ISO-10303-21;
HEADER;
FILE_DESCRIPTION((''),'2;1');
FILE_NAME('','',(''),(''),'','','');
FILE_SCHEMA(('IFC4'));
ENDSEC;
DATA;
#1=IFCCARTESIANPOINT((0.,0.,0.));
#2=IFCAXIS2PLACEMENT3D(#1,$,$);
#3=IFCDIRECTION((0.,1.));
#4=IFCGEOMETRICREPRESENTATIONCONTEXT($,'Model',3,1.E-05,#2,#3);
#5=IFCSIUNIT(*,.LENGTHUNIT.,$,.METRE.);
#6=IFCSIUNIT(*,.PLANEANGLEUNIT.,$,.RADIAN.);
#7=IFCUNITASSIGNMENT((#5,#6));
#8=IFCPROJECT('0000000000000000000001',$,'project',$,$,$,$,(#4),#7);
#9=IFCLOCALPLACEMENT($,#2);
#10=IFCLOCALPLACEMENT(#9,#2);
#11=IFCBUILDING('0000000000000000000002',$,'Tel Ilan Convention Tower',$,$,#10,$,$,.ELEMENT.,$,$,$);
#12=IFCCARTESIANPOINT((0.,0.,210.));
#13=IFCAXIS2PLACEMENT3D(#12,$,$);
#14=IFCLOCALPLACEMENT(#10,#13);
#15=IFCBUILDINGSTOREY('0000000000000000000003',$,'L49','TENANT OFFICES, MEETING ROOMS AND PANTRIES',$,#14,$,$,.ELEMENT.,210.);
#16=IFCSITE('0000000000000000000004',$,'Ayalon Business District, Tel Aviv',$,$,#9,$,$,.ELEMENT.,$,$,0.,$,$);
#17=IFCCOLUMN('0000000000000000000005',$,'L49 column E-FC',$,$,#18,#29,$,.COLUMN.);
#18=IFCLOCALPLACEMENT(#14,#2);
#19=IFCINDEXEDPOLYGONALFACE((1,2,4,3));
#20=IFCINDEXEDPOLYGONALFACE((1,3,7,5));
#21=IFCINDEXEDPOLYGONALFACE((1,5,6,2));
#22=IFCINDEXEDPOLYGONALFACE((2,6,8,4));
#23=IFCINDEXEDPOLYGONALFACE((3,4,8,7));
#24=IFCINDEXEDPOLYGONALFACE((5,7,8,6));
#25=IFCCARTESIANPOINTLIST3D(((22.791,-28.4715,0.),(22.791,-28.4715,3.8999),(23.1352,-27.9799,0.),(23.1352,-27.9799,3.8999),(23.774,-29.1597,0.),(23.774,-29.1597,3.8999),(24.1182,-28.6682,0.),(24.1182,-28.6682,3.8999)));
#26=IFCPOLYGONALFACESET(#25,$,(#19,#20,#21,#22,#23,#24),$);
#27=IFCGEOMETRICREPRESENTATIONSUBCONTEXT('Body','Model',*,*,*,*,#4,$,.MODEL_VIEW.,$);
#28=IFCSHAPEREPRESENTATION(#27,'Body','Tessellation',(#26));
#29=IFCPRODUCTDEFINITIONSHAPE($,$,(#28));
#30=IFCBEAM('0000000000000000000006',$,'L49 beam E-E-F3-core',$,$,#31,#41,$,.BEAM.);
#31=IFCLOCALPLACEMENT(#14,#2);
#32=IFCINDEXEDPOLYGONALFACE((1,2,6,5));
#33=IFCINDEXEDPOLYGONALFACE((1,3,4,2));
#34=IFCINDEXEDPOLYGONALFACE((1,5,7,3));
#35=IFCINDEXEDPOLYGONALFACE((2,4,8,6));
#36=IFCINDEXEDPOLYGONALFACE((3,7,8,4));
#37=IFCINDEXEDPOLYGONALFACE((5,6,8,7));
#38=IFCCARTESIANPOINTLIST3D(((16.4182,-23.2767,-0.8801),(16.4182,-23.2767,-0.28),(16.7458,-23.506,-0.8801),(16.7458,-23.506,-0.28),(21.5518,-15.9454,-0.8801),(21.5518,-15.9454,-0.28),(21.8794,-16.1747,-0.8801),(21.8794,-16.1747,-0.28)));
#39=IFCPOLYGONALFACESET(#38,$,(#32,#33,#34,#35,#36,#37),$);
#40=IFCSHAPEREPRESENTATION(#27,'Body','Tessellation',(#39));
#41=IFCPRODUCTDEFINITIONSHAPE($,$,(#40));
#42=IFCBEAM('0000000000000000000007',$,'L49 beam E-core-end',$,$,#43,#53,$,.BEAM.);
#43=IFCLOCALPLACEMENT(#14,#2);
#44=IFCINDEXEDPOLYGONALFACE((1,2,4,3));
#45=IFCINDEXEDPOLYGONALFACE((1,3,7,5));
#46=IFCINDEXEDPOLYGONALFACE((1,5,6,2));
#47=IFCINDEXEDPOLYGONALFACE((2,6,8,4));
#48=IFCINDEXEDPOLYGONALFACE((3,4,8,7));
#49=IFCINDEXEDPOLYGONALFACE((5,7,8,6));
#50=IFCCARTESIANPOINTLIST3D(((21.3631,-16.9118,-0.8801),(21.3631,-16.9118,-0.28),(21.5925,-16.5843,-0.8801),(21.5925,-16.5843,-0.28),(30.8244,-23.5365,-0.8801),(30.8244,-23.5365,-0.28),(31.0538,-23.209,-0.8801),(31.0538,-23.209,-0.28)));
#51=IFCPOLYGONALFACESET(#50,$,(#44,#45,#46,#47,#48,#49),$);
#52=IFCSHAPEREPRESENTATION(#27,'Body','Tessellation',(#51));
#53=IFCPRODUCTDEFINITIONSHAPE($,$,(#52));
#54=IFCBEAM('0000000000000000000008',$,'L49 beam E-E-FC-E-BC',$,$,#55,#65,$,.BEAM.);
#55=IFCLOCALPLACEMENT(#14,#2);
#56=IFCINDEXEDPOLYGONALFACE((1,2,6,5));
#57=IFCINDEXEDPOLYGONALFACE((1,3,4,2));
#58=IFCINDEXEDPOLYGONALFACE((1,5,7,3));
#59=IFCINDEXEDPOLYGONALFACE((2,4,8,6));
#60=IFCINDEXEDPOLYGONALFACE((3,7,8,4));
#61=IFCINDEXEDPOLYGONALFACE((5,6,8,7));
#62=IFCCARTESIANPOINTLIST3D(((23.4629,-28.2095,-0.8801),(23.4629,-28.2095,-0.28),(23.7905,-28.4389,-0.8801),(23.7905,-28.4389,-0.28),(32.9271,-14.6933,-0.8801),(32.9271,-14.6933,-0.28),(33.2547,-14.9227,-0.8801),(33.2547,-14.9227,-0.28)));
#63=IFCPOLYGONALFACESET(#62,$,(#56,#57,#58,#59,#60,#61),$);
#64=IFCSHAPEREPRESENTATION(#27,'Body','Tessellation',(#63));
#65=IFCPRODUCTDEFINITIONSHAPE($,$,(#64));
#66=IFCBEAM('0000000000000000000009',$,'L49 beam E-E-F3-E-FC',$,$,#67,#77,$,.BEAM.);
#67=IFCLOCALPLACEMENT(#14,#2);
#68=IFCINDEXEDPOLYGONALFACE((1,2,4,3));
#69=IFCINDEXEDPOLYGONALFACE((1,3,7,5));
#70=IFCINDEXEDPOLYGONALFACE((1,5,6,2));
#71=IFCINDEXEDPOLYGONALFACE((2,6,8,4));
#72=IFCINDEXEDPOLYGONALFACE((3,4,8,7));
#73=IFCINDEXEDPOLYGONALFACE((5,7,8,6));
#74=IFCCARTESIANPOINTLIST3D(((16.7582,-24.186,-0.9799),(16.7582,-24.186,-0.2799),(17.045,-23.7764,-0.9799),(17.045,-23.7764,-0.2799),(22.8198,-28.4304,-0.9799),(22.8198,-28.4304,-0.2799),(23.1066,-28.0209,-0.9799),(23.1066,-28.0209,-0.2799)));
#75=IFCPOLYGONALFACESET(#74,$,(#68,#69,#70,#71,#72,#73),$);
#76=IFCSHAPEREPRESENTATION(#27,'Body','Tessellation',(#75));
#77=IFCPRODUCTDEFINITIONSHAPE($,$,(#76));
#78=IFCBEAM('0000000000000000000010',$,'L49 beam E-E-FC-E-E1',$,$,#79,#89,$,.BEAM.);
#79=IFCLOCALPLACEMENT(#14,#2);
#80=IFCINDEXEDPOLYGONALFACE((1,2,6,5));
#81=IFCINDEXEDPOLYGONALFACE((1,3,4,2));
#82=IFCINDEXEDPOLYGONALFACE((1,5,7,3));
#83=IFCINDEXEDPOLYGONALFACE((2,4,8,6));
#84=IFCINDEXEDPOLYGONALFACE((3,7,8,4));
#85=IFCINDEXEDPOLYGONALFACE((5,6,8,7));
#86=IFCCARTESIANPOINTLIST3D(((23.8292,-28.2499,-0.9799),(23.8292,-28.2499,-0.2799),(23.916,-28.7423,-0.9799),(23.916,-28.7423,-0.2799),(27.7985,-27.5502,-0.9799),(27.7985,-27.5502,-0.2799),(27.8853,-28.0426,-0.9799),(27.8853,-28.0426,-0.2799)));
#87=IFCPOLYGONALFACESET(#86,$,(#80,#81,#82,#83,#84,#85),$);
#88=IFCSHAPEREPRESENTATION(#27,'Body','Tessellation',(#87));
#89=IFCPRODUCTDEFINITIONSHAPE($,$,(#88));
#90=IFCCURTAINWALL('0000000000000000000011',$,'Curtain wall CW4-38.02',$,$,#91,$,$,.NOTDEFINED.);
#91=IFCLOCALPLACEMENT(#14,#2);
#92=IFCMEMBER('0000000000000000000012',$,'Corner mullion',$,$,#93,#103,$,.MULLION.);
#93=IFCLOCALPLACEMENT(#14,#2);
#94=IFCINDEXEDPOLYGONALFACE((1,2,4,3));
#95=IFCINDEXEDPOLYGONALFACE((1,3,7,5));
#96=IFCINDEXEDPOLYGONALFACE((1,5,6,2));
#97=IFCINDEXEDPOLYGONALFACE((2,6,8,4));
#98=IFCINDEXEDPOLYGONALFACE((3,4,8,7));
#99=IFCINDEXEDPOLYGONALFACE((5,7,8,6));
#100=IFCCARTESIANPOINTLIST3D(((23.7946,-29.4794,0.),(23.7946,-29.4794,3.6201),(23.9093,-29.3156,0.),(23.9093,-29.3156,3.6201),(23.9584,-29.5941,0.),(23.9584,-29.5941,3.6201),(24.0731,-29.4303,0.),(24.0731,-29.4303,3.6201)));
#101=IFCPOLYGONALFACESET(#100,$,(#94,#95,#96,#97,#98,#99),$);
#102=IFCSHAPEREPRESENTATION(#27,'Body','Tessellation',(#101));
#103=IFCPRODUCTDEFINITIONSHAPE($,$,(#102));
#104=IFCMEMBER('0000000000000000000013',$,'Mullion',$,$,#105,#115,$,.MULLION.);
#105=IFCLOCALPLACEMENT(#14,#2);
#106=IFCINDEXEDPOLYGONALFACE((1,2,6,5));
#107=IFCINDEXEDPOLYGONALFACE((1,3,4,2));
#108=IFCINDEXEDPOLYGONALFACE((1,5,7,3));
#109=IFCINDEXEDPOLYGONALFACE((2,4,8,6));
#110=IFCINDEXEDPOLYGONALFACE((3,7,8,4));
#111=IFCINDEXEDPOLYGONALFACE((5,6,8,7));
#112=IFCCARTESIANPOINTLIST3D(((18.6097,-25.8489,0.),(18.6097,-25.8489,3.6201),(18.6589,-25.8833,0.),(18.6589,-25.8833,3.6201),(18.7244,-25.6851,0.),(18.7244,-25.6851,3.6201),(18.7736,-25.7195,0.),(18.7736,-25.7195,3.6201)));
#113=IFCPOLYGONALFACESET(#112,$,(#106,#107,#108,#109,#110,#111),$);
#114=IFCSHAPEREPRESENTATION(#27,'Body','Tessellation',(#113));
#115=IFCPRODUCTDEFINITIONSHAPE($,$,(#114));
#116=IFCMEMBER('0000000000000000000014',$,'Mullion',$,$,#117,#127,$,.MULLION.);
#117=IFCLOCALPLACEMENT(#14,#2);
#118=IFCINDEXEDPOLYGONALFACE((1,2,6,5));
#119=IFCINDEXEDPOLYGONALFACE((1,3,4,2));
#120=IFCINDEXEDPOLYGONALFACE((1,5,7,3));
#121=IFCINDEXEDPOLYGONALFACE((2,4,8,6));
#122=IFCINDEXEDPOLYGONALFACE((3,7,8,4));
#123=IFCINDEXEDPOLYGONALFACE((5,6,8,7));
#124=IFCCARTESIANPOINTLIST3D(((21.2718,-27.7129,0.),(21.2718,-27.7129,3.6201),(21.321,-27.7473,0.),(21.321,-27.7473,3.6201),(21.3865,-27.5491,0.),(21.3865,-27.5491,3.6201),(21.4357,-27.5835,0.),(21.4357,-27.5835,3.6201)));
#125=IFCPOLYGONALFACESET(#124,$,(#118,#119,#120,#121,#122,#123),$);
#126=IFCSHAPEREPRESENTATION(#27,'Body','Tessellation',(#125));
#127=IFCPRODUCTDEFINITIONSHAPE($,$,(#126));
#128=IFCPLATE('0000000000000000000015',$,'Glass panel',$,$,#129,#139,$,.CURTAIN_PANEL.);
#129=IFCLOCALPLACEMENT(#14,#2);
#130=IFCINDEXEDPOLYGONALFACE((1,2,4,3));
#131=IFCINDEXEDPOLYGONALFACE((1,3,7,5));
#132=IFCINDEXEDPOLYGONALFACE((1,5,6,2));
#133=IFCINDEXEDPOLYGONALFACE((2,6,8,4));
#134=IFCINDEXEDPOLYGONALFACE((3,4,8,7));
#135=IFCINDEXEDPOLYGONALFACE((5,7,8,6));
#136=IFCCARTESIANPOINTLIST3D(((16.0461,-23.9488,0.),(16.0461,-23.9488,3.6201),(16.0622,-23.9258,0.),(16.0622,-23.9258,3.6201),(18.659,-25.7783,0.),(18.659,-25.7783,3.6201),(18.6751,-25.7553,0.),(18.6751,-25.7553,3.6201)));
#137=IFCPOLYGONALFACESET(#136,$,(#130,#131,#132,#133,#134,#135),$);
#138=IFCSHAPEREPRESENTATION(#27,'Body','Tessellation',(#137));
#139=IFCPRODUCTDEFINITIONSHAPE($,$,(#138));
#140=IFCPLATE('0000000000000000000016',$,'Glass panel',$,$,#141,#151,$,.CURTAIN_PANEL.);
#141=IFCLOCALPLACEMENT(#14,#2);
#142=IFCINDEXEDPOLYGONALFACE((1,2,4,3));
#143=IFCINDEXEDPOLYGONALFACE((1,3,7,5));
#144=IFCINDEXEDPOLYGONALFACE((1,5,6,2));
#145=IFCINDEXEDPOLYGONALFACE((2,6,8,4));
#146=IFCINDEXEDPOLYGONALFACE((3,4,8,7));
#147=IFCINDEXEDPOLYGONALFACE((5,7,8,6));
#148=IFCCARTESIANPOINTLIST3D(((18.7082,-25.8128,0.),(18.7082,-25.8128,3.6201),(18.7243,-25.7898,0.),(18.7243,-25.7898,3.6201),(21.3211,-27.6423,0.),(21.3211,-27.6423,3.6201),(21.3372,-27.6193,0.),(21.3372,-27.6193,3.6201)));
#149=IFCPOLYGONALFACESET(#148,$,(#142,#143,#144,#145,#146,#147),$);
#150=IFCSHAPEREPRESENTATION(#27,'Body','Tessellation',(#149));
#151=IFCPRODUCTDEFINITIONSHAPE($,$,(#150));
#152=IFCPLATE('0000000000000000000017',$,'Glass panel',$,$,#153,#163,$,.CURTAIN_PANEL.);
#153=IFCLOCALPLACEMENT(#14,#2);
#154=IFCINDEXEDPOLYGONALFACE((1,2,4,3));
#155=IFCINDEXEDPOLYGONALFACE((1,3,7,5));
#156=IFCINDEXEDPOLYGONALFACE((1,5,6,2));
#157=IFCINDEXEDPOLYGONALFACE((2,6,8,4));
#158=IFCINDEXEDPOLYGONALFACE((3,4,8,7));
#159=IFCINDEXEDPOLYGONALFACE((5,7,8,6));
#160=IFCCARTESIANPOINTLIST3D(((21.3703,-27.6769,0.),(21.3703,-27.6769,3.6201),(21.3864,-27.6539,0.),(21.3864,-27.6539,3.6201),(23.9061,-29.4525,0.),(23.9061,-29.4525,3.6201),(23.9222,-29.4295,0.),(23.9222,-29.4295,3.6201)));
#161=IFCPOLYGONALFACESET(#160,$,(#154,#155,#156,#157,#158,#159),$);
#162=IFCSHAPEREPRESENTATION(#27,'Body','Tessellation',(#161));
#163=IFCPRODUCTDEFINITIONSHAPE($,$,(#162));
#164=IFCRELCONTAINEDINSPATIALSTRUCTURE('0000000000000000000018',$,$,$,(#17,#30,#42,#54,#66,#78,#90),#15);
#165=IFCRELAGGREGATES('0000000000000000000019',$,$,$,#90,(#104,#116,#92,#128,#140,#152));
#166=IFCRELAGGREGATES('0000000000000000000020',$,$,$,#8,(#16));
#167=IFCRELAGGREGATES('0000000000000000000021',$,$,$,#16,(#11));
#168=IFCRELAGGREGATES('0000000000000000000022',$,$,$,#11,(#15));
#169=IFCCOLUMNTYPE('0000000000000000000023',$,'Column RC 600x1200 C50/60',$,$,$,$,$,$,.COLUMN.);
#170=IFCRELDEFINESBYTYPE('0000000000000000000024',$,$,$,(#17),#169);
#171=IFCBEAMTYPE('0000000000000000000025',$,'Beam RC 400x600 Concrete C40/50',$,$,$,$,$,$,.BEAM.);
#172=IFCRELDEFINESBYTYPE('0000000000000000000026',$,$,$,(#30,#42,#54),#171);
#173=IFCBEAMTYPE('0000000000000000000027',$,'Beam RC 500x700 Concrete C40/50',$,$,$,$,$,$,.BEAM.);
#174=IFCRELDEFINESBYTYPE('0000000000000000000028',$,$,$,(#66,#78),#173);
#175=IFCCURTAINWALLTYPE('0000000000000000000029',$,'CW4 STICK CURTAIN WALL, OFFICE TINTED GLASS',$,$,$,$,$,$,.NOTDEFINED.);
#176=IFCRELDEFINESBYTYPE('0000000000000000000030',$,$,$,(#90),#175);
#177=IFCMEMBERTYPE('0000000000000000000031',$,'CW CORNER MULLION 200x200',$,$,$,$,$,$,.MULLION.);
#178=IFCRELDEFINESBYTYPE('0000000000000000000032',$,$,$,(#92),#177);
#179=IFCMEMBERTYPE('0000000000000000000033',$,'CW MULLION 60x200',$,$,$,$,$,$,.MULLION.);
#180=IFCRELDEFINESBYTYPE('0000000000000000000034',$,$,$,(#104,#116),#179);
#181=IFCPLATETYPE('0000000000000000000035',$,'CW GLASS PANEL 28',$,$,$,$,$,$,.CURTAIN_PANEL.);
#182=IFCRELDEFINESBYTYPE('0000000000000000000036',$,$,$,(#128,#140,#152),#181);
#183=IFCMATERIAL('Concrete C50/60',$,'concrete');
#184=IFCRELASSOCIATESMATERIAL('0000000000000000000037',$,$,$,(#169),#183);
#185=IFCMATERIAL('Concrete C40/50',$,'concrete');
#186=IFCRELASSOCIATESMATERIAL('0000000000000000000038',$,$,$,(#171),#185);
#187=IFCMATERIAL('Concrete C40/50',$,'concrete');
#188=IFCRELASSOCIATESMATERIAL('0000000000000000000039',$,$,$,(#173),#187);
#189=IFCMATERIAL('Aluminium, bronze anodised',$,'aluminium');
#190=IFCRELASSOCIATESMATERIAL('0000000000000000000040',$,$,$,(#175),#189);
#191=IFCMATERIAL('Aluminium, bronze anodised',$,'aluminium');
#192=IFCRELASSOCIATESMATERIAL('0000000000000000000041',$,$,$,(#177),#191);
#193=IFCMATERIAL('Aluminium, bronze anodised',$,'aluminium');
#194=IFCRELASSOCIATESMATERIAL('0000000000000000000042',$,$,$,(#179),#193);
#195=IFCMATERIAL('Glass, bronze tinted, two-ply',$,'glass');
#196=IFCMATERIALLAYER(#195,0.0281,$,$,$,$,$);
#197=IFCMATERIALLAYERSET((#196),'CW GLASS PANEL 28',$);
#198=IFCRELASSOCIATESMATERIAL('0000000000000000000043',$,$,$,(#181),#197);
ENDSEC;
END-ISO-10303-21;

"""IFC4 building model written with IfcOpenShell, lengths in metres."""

from ifc_helpers import new_model, si_unit, direction, frame, origin, origin_2d, place, context, subcontext, project, spatial, rectangle, extrude, material, layer, layer_set, material_profile, profile_set, type_object, element, aggregate, save


model = new_model("IFC4")

# Units and contexts
model_context = context("Model", 3, precision=1e-05, world=origin(), true_north=direction((0.0, 1.0)))
body_context = subcontext(model_context, "Body", "Model", "MODEL_VIEW")
ifc_project = project(units=[si_unit("LENGTHUNIT", "METRE"), si_unit("PLANEANGLEUNIT", "RADIAN")], contexts=[model_context])

# Site, building, storey
site_placement = place(None, origin())
site = spatial("IfcSite", under=ifc_project, at=site_placement, Name="Ayalon Business District, Tel Aviv", CompositionType="ELEMENT", RefElevation=0.0)
building_placement = place(site_placement, origin())
building = spatial("IfcBuilding", under=site, at=building_placement, Name="Tel Ilan Convention Tower", CompositionType="ELEMENT")
storey_placement = place(building_placement, frame((0.0, 0.0, 210.0)))
storey = spatial("IfcBuildingStorey", under=building, at=storey_placement, Name="L49", Description="TENANT OFFICES, MEETING ROOMS AND PANTRIES", CompositionType="ELEMENT", Elevation=210.0)

# Column
ifc_material_1 = material(Name="Concrete C50/60", Category="concrete")
ifc_material_profile_1 = material_profile(ifc_material_1, rectangle(XDim=1.2, YDim=0.6001, at=origin_2d()), Name="RC 600x1200")
ifc_profile_set_1 = profile_set([ifc_material_profile_1], Name="Concrete C50/60")
column_type = type_object("IfcColumnType", Name="Column RC 600x1200 C50/60", PredefinedType="COLUMN", material=ifc_profile_set_1)
column_placement = place(storey_placement, frame((23.4546, -28.5698, 0.0), z_axis=(0.0, 0.0, 1.0), x_axis=(0.819152, -0.573576, 0.0)))
element("IfcColumn", 1, at=column_placement, inside=storey, type_object=column_type, Name="L49 column E-FC", PredefinedType="COLUMN", context=body_context, shape_type="SweptSolid", body=[
    extrude(rectangle(XDim=1.2, YDim=0.6001, at=origin_2d()), origin(), (0.0, 0.0, 1.0), 3.8999),
])

# Beams
ifc_material_2 = material(Name="Concrete C40/50", Category="concrete")
ifc_material_profile_2 = material_profile(ifc_material_2, rectangle(XDim=0.3999, YDim=0.6001, at=origin_2d()), Name="RC 400x600")
ifc_profile_set_2 = profile_set([ifc_material_profile_2], Name="Concrete C40/50")
beam_type_1 = type_object("IfcBeamType", Name="Beam RC 400x600 Concrete C40/50", PredefinedType="BEAM", material=ifc_profile_set_2)
beam_1_placement = place(storey_placement, frame((16.582, -23.3914, -0.5801), z_axis=(0.573585, 0.819146, 0.0), x_axis=(-0.819146, 0.573585, 0.0)))
element("IfcBeam", 2, at=beam_1_placement, inside=storey, type_object=beam_type_1, Name="L49 beam E-E-F3-core", PredefinedType="BEAM", context=body_context, shape_type="SweptSolid", body=[
    extrude(rectangle(XDim=0.3999, YDim=0.6001, at=origin_2d()), origin(), (0.0, 0.0, 1.0), 8.95),
])
beam_2_placement = place(storey_placement, frame((21.4778, -16.748, -0.5801), z_axis=(0.81916, -0.573564, 0.0), x_axis=(0.573564, 0.81916, 0.0)))
element("IfcBeam", 3, at=beam_2_placement, inside=storey, type_object=beam_type_1, Name="L49 beam E-core-end", PredefinedType="BEAM", context=body_context, shape_type="SweptSolid", body=[
    extrude(rectangle(XDim=0.3999, YDim=0.6001, at=origin_2d()), origin(), (0.0, 0.0, 1.0), 11.55),
])
beam_3_placement = place(storey_placement, frame((23.6267, -28.3242, -0.5801), z_axis=(0.573578, 0.819151, 0.0), x_axis=(-0.819151, 0.573578, 0.0)))
element("IfcBeam", 4, at=beam_3_placement, inside=storey, type_object=beam_type_1, Name="L49 beam E-E-FC-E-BC", PredefinedType="BEAM", context=body_context, shape_type="SweptSolid", body=[
    extrude(rectangle(XDim=0.3999, YDim=0.6001, at=origin_2d()), origin(), (0.0, 0.0, 1.0), 16.5002),
])
ifc_material_3 = material(Name="Concrete C40/50", Category="concrete")
ifc_material_profile_3 = material_profile(ifc_material_3, rectangle(XDim=0.5, YDim=0.7, at=origin_2d()), Name="RC 500x700")
ifc_profile_set_3 = profile_set([ifc_material_profile_3], Name="Concrete C40/50")
beam_type_2 = type_object("IfcBeamType", Name="Beam RC 500x700 Concrete C40/50", PredefinedType="BEAM", material=ifc_profile_set_3)
beam_4_placement = place(storey_placement, frame((16.9016, -23.9812, -0.6299), z_axis=(0.819148, -0.573582, 0.0), x_axis=(0.573582, 0.819148, 0.0)))
element("IfcBeam", 5, at=beam_4_placement, inside=storey, type_object=beam_type_2, Name="L49 beam E-E-F3-E-FC", PredefinedType="BEAM", context=body_context, shape_type="SweptSolid", body=[
    extrude(rectangle(XDim=0.5, YDim=0.7, at=origin_2d()), origin(), (0.0, 0.0, 1.0), 7.3999),
])
beam_5_placement = place(storey_placement, frame((23.8726, -28.4961, -0.6299), z_axis=(0.984815, 0.173606, 0.0), x_axis=(-0.173606, 0.984815, 0.0)))
element("IfcBeam", 6, at=beam_5_placement, inside=storey, type_object=beam_type_2, Name="L49 beam E-E-FC-E-E1", PredefinedType="BEAM", context=body_context, shape_type="SweptSolid", body=[
    extrude(rectangle(XDim=0.5, YDim=0.7, at=origin_2d()), origin(), (0.0, 0.0, 1.0), 4.0305),
])

# Curtain wall, members, plates
ifc_material_4 = material(Name="Aluminium, bronze anodised", Category="aluminium")
curtain_wall_type = type_object("IfcCurtainWallType", Name="CW4 STICK CURTAIN WALL, OFFICE TINTED GLASS", PredefinedType="NOTDEFINED", material=ifc_material_4)
curtain_wall_placement = place(storey_placement, origin())
curtain_wall = element("IfcCurtainWall", 7, at=curtain_wall_placement, inside=storey, type_object=curtain_wall_type, Name="Curtain wall CW4-38.02", PredefinedType="NOTDEFINED")
ifc_material_5 = material(Name="Aluminium, bronze anodised", Category="aluminium")
ifc_material_profile_4 = material_profile(ifc_material_5, rectangle(XDim=0.2, YDim=0.2, at=origin_2d()), Name="CW CORNER MULLION 200x200")
ifc_profile_set_4 = profile_set([ifc_material_profile_4], Name="Aluminium, bronze anodised")
member_type_1 = type_object("IfcMemberType", Name="CW CORNER MULLION 200x200", PredefinedType="MULLION", material=ifc_profile_set_4)
member_1_placement = place(storey_placement, frame((23.9338, -29.4548, 0.0), z_axis=(0.0, 0.0, 1.0), x_axis=(0.819152, -0.573576, 0.0)))
member_1 = element("IfcMember", 8, at=member_1_placement, type_object=member_type_1, Name="Corner mullion", PredefinedType="MULLION", context=body_context, shape_type="SweptSolid", body=[
    extrude(rectangle(XDim=0.2, YDim=0.2, at=origin_2d()), origin(), (0.0, 0.0, 1.0), 3.6201),
])
ifc_material_6 = material(Name="Aluminium, bronze anodised", Category="aluminium")
ifc_material_profile_5 = material_profile(ifc_material_6, rectangle(XDim=0.0601, YDim=0.2, at=origin_2d()), Name="CW MULLION 60x200")
ifc_profile_set_5 = profile_set([ifc_material_profile_5], Name="Aluminium, bronze anodised")
member_type_2 = type_object("IfcMemberType", Name="CW MULLION 60x200", PredefinedType="MULLION", material=ifc_profile_set_5)
member_2_placement = place(storey_placement, frame((18.6917, -25.7842, 0.0), z_axis=(0.0, 0.0, 1.0), x_axis=(0.819152, -0.573576, 0.0)))
member_2 = element("IfcMember", 9, at=member_2_placement, type_object=member_type_2, Name="Mullion", PredefinedType="MULLION", context=body_context, shape_type="SweptSolid", body=[
    extrude(rectangle(XDim=0.0601, YDim=0.2, at=origin_2d()), origin(), (0.0, 0.0, 1.0), 3.6201),
])
member_3_placement = place(storey_placement, frame((21.3538, -27.6482, 0.0), z_axis=(0.0, 0.0, 1.0), x_axis=(0.819152, -0.573576, 0.0)))
member_3 = element("IfcMember", 10, at=member_3_placement, type_object=member_type_2, Name="Mullion", PredefinedType="MULLION", context=body_context, shape_type="SweptSolid", body=[
    extrude(rectangle(XDim=0.0601, YDim=0.2, at=origin_2d()), origin(), (0.0, 0.0, 1.0), 3.6201),
])
ifc_material_7 = material(Name="Glass, bronze tinted, two-ply", Category="glass")
ifc_layer_1 = layer(ifc_material_7, 0.0281)
ifc_layer_set_1 = layer_set([ifc_layer_1], Name="CW GLASS PANEL 28")
plate_type = type_object("IfcPlateType", Name="CW GLASS PANEL 28", PredefinedType="CURTAIN_PANEL", material=ifc_layer_set_1)
plate_1_placement = place(storey_placement, frame((17.3606, -24.8521, 0.0), z_axis=(0.0, 0.0, 1.0), x_axis=(0.819152, -0.573576, 0.0)))
plate_1 = element("IfcPlate", 11, at=plate_1_placement, type_object=plate_type, Name="Glass panel", PredefinedType="CURTAIN_PANEL", context=body_context, shape_type="SweptSolid", body=[
    extrude(rectangle(XDim=3.1897, YDim=0.0281, at=origin_2d()), origin(), (0.0, 0.0, 1.0), 3.6201),
])
plate_2_placement = place(storey_placement, frame((20.0227, -26.7161, 0.0), z_axis=(0.0, 0.0, 1.0), x_axis=(0.819152, -0.573576, 0.0)))
plate_2 = element("IfcPlate", 12, at=plate_2_placement, type_object=plate_type, Name="Glass panel", PredefinedType="CURTAIN_PANEL", context=body_context, shape_type="SweptSolid", body=[
    extrude(rectangle(XDim=3.1897, YDim=0.0281, at=origin_2d()), origin(), (0.0, 0.0, 1.0), 3.6201),
])
plate_3_placement = place(storey_placement, frame((22.6462, -28.5532, 0.0), z_axis=(0.0, 0.0, 1.0), x_axis=(0.819152, -0.573576, 0.0)))
plate_3 = element("IfcPlate", 13, at=plate_3_placement, type_object=plate_type, Name="Glass panel", PredefinedType="CURTAIN_PANEL", context=body_context, shape_type="SweptSolid", body=[
    extrude(rectangle(XDim=3.0957, YDim=0.0281, at=origin_2d()), origin(), (0.0, 0.0, 1.0), 3.6201),
])
aggregate(curtain_wall, [member_2, member_3, member_1, plate_1, plate_2, plate_3])

save(model, "model.ifc")
